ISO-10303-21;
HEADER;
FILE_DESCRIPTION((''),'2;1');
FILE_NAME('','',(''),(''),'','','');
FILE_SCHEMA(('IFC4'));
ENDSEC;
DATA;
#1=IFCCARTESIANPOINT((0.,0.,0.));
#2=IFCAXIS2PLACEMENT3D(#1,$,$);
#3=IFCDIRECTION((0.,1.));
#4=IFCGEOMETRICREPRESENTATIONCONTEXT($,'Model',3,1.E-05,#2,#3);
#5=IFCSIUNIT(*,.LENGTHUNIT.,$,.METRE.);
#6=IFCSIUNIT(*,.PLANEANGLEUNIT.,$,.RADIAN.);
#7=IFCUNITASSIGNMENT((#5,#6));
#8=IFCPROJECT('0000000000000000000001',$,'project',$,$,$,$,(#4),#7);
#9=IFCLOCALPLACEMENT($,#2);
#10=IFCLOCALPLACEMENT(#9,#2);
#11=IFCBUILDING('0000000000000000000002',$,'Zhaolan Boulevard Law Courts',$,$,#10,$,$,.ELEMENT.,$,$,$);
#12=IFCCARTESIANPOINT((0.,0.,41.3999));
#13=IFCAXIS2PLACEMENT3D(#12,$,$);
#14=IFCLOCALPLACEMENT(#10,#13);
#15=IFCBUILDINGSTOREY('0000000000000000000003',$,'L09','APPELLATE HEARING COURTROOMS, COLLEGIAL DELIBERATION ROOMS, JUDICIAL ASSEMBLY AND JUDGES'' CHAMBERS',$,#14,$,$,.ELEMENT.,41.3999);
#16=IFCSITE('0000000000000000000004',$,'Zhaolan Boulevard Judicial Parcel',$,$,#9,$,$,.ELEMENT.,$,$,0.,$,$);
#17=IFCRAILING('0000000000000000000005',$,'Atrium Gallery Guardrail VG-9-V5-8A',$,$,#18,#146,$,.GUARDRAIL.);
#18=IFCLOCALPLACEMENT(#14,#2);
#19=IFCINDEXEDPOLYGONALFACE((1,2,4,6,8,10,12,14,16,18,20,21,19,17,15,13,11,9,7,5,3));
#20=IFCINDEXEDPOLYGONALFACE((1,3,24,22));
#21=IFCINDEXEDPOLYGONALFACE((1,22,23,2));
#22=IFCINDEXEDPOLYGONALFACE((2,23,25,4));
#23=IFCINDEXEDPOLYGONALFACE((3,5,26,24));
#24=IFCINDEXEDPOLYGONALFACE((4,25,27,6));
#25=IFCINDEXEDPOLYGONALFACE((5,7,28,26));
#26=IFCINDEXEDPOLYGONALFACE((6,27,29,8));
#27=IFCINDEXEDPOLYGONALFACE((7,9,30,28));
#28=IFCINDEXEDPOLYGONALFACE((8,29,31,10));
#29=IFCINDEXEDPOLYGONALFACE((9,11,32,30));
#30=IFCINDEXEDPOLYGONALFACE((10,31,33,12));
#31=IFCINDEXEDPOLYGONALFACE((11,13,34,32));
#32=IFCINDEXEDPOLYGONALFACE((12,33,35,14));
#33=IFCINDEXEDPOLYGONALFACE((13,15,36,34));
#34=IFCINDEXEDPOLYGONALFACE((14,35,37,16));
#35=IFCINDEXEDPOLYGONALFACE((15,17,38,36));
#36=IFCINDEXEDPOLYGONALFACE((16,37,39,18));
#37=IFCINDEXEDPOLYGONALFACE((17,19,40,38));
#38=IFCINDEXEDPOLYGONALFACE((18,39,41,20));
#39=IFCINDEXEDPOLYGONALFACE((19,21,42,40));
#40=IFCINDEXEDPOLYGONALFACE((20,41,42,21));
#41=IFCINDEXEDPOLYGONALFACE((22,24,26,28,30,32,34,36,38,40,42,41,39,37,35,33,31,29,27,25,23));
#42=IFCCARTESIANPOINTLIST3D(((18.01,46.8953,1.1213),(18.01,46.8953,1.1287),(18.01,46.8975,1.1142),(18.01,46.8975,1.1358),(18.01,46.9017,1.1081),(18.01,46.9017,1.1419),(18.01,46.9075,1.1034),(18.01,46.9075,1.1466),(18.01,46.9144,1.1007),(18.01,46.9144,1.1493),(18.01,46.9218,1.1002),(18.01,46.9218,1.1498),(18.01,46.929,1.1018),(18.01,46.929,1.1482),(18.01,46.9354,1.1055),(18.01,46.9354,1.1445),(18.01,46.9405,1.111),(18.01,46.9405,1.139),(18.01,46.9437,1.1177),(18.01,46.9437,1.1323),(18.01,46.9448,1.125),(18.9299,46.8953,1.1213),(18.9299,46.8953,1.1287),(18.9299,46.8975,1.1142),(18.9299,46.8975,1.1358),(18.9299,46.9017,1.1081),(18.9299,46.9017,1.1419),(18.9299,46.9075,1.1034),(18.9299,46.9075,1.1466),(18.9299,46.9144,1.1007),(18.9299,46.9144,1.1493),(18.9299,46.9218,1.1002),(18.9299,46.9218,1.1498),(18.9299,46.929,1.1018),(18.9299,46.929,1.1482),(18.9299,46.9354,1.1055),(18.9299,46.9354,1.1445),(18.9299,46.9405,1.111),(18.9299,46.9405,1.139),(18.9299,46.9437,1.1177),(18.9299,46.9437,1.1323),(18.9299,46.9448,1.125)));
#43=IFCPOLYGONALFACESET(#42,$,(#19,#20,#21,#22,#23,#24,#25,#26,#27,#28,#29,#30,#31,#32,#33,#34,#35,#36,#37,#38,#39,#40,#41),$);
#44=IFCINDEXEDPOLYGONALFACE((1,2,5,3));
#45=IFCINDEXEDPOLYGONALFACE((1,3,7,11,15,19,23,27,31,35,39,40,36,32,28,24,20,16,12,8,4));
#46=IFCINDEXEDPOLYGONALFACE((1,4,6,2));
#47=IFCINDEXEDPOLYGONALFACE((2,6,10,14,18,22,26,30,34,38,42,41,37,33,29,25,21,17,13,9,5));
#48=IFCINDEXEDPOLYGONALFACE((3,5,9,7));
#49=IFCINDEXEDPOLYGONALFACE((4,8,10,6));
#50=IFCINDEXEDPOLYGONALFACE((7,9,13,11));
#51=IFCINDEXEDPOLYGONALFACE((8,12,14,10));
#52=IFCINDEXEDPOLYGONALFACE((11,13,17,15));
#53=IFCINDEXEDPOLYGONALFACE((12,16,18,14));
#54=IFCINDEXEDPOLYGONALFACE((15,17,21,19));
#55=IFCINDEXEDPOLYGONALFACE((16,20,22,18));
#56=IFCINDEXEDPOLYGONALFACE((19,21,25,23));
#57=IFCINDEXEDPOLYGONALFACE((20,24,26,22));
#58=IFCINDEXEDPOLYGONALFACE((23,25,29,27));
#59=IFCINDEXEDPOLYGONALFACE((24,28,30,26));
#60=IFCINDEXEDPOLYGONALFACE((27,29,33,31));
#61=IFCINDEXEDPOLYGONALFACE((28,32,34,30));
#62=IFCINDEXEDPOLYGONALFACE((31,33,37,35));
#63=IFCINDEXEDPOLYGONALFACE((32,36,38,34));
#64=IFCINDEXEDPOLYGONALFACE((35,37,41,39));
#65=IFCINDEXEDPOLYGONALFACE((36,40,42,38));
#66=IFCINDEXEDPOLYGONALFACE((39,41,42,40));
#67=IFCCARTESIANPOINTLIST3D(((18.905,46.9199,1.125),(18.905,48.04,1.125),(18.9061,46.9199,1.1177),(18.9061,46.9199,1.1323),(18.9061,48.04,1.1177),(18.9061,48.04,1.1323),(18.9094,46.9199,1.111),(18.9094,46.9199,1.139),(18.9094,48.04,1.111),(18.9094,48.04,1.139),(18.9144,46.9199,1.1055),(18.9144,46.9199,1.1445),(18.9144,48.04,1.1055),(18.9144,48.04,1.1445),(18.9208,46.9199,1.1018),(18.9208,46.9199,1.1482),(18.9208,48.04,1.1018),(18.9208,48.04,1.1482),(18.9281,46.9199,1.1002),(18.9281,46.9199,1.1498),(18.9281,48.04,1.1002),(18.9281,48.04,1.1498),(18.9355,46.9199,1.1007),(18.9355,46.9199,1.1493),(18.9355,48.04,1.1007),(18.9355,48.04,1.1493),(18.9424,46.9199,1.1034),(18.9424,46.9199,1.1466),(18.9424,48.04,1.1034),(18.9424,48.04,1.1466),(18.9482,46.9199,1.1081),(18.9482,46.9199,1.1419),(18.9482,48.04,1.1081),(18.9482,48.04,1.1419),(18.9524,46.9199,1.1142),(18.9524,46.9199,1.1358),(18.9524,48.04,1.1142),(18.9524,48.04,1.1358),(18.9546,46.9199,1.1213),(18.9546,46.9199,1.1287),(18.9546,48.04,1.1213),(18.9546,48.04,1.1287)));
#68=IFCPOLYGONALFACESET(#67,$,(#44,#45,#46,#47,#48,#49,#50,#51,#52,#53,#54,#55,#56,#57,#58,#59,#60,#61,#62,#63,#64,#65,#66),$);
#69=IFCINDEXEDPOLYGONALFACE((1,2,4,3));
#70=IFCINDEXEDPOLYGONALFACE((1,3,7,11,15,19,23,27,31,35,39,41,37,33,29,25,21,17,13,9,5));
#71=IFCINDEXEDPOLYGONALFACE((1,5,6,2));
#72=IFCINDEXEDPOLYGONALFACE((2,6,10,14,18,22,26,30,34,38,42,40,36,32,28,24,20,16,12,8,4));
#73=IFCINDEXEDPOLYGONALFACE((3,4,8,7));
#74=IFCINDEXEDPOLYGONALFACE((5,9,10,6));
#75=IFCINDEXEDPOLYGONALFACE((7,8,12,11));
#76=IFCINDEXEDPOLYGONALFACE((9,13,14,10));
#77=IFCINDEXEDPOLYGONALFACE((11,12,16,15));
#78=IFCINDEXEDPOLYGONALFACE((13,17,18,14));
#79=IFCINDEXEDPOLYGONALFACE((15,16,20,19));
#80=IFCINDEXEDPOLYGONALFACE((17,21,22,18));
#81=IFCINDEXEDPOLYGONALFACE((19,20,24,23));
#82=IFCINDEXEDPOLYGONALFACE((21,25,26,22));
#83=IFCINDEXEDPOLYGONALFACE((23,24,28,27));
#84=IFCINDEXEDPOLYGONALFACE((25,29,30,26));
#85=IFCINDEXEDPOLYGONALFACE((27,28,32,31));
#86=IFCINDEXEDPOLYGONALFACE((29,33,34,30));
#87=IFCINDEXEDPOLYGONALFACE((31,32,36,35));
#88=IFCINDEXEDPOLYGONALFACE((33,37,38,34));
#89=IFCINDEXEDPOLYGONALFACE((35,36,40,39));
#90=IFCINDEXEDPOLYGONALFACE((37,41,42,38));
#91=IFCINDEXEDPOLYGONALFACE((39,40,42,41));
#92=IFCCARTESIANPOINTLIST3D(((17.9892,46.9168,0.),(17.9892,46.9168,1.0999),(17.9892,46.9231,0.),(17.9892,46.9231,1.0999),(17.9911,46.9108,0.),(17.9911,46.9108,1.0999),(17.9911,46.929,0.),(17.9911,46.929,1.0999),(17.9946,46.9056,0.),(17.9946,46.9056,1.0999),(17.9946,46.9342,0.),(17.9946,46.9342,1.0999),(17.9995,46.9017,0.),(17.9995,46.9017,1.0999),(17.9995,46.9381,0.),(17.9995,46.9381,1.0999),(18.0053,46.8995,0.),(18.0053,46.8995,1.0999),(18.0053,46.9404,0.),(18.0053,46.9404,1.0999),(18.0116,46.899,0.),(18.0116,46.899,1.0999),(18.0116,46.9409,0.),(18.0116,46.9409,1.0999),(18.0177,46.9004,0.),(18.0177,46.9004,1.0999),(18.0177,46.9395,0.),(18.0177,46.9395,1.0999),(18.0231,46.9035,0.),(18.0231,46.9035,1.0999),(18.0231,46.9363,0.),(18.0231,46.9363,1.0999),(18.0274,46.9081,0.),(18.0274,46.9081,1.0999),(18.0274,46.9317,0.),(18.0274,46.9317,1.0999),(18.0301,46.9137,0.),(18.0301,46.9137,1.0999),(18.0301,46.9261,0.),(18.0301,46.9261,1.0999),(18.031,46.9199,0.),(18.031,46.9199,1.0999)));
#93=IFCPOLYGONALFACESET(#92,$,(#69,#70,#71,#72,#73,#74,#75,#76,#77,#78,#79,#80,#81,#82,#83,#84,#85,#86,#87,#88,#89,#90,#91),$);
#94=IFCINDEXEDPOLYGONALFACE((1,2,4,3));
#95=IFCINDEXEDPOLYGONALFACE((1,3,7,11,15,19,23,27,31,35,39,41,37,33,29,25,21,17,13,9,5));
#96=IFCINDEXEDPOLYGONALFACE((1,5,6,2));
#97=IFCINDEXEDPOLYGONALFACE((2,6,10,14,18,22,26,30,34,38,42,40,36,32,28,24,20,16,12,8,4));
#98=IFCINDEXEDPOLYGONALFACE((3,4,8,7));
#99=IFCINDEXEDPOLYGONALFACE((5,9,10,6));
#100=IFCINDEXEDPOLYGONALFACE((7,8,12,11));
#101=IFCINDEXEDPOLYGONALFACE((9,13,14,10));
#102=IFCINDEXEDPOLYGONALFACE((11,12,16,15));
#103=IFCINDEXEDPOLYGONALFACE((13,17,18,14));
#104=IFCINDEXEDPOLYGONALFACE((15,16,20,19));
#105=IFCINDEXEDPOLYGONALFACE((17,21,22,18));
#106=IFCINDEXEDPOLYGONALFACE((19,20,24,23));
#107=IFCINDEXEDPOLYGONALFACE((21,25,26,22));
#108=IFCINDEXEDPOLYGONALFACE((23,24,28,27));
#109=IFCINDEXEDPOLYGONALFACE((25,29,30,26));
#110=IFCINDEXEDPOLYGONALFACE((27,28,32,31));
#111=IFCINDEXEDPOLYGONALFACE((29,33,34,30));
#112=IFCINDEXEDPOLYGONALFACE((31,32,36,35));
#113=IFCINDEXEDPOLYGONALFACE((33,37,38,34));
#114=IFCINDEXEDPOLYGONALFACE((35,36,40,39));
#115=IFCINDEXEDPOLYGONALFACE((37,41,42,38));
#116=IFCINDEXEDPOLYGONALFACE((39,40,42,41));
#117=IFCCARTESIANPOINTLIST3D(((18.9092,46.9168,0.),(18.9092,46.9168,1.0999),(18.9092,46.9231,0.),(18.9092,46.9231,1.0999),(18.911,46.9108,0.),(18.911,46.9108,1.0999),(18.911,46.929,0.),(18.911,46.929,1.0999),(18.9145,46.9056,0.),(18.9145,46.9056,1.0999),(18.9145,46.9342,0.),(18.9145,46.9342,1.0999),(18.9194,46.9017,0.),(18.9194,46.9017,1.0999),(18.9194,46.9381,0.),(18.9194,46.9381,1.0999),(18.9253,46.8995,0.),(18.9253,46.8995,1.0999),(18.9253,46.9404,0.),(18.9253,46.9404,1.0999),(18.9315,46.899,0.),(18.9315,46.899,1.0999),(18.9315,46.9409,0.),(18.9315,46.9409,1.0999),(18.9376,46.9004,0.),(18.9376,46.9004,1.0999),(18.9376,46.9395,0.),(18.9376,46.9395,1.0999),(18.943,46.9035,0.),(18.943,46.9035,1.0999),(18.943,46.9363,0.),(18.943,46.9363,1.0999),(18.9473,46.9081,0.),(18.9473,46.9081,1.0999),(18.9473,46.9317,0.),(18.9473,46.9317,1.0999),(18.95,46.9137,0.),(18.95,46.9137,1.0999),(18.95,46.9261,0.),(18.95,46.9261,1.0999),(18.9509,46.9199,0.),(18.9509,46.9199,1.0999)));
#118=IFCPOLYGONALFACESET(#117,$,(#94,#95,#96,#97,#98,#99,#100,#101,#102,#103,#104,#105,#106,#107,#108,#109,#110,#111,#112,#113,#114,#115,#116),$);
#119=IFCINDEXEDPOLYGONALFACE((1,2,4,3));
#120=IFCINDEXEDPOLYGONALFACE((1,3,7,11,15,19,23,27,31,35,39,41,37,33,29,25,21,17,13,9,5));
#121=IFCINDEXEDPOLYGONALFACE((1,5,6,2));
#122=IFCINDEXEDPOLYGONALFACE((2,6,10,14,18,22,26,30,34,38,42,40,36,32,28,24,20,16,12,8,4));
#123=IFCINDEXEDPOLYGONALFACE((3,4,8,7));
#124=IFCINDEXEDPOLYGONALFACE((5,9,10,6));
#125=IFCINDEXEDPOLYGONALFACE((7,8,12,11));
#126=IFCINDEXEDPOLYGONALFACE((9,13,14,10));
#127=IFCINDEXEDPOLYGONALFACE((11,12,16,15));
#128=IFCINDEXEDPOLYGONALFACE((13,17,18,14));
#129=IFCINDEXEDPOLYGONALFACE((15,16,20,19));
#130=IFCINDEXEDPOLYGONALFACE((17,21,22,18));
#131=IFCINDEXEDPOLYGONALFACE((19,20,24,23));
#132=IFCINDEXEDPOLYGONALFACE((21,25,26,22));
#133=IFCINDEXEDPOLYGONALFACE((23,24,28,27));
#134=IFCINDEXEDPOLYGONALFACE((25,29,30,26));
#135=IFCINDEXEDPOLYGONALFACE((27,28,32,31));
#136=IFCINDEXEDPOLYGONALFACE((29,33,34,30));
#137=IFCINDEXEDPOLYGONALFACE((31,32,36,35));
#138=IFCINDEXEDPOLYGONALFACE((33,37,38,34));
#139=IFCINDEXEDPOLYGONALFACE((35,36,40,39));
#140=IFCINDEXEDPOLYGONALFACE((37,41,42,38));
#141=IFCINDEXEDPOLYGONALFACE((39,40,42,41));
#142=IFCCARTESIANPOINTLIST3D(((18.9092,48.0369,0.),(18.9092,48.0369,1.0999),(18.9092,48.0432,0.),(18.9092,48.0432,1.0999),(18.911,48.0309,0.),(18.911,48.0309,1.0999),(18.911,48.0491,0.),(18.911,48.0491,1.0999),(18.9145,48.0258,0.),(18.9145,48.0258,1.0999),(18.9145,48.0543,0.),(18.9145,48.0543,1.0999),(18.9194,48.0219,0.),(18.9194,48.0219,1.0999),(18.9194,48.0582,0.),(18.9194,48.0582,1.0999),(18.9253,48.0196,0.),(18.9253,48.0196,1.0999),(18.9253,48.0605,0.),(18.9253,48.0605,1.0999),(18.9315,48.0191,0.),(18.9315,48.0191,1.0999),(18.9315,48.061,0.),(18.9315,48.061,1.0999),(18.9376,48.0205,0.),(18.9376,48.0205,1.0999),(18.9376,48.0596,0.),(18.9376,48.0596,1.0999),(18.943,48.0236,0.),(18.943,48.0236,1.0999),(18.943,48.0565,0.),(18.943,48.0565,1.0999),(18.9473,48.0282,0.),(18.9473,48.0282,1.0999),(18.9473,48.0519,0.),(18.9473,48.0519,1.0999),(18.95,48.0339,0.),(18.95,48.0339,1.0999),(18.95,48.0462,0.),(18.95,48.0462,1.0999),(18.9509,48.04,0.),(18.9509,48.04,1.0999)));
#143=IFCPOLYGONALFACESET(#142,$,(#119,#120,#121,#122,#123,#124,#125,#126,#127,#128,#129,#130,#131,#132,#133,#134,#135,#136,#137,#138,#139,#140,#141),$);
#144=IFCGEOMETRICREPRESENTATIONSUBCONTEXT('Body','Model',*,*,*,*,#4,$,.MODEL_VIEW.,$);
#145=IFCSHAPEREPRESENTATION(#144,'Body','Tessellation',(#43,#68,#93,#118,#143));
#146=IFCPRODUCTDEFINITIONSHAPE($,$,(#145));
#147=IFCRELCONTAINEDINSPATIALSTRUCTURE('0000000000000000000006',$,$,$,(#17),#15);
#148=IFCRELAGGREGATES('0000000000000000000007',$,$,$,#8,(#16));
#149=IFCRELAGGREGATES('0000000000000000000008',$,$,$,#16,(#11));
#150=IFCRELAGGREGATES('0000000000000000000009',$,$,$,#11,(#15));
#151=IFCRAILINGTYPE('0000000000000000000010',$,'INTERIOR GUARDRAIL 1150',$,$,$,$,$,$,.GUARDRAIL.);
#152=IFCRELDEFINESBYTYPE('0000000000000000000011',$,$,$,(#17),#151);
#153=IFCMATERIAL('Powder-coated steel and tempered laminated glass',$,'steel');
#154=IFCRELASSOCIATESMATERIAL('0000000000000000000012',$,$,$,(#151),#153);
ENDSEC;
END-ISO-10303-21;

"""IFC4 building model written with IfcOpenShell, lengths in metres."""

from ifc_helpers import new_model, si_unit, direction, frame, origin, origin_2d, place, context, subcontext, project, spatial, circle, extrude, material, type_object, element, save


model = new_model("IFC4")

# Units and contexts
model_context = context("Model", 3, precision=1e-05, world=origin(), true_north=direction((0.0, 1.0)))
body_context = subcontext(model_context, "Body", "Model", "MODEL_VIEW")
ifc_project = project(units=[si_unit("LENGTHUNIT", "METRE"), si_unit("PLANEANGLEUNIT", "RADIAN")], contexts=[model_context])

# Site, building, storey
site_placement = place(None, origin())
site = spatial("IfcSite", under=ifc_project, at=site_placement, Name="Zhaolan Boulevard Judicial Parcel", CompositionType="ELEMENT", RefElevation=0.0)
building_placement = place(site_placement, origin())
building = spatial("IfcBuilding", under=site, at=building_placement, Name="Zhaolan Boulevard Law Courts", CompositionType="ELEMENT")
storey_placement = place(building_placement, frame((0.0, 0.0, 41.3999)))
storey = spatial("IfcBuildingStorey", under=building, at=storey_placement, Name="L09", Description="APPELLATE HEARING COURTROOMS, COLLEGIAL DELIBERATION ROOMS, JUDICIAL ASSEMBLY AND JUDGES' CHAMBERS", CompositionType="ELEMENT", Elevation=41.3999)

# Railing
ifc_material_1 = material(Name="Powder-coated steel and tempered laminated glass", Category="steel")
railing_type_1 = type_object("IfcRailingType", Name="INTERIOR GUARDRAIL 1150", PredefinedType="GUARDRAIL", material=ifc_material_1)
railing_1_placement = place(storey_placement, frame((18.01, 46.9199, 0.0)))
element("IfcRailing", 1, at=railing_1_placement, inside=storey, type_object=railing_type_1, Name="Atrium Gallery Guardrail VG-9-V5-8A", PredefinedType="GUARDRAIL", context=body_context, shape_type="SweptSolid", body=[
    extrude(circle(Radius=0.0249, at=origin_2d()), frame((0.0, 0.0, 1.125), z_axis=(1.0, 0.0, 0.0), x_axis=(0.0, 1.0, 0.0)), (0.0, 0.0, 1.0), 0.9199),
    extrude(circle(Radius=0.0249, at=origin_2d()), frame((0.9199, 0.0, 1.125), z_axis=(0.0, 1.0, 0.0), x_axis=(-1.0, 0.0, 0.0)), (0.0, 0.0, 1.0), 1.1201),
    extrude(circle(Radius=0.021, at=origin_2d()), origin(), (0.0, 0.0, 1.0), 1.0999),
    extrude(circle(Radius=0.021, at=origin_2d()), frame((0.9199, 0.0, 0.0)), (0.0, 0.0, 1.0), 1.0999),
    extrude(circle(Radius=0.021, at=origin_2d()), frame((0.9199, 1.1201, 0.0)), (0.0, 0.0, 1.0), 1.0999),
])

save(model, "model.ifc")
